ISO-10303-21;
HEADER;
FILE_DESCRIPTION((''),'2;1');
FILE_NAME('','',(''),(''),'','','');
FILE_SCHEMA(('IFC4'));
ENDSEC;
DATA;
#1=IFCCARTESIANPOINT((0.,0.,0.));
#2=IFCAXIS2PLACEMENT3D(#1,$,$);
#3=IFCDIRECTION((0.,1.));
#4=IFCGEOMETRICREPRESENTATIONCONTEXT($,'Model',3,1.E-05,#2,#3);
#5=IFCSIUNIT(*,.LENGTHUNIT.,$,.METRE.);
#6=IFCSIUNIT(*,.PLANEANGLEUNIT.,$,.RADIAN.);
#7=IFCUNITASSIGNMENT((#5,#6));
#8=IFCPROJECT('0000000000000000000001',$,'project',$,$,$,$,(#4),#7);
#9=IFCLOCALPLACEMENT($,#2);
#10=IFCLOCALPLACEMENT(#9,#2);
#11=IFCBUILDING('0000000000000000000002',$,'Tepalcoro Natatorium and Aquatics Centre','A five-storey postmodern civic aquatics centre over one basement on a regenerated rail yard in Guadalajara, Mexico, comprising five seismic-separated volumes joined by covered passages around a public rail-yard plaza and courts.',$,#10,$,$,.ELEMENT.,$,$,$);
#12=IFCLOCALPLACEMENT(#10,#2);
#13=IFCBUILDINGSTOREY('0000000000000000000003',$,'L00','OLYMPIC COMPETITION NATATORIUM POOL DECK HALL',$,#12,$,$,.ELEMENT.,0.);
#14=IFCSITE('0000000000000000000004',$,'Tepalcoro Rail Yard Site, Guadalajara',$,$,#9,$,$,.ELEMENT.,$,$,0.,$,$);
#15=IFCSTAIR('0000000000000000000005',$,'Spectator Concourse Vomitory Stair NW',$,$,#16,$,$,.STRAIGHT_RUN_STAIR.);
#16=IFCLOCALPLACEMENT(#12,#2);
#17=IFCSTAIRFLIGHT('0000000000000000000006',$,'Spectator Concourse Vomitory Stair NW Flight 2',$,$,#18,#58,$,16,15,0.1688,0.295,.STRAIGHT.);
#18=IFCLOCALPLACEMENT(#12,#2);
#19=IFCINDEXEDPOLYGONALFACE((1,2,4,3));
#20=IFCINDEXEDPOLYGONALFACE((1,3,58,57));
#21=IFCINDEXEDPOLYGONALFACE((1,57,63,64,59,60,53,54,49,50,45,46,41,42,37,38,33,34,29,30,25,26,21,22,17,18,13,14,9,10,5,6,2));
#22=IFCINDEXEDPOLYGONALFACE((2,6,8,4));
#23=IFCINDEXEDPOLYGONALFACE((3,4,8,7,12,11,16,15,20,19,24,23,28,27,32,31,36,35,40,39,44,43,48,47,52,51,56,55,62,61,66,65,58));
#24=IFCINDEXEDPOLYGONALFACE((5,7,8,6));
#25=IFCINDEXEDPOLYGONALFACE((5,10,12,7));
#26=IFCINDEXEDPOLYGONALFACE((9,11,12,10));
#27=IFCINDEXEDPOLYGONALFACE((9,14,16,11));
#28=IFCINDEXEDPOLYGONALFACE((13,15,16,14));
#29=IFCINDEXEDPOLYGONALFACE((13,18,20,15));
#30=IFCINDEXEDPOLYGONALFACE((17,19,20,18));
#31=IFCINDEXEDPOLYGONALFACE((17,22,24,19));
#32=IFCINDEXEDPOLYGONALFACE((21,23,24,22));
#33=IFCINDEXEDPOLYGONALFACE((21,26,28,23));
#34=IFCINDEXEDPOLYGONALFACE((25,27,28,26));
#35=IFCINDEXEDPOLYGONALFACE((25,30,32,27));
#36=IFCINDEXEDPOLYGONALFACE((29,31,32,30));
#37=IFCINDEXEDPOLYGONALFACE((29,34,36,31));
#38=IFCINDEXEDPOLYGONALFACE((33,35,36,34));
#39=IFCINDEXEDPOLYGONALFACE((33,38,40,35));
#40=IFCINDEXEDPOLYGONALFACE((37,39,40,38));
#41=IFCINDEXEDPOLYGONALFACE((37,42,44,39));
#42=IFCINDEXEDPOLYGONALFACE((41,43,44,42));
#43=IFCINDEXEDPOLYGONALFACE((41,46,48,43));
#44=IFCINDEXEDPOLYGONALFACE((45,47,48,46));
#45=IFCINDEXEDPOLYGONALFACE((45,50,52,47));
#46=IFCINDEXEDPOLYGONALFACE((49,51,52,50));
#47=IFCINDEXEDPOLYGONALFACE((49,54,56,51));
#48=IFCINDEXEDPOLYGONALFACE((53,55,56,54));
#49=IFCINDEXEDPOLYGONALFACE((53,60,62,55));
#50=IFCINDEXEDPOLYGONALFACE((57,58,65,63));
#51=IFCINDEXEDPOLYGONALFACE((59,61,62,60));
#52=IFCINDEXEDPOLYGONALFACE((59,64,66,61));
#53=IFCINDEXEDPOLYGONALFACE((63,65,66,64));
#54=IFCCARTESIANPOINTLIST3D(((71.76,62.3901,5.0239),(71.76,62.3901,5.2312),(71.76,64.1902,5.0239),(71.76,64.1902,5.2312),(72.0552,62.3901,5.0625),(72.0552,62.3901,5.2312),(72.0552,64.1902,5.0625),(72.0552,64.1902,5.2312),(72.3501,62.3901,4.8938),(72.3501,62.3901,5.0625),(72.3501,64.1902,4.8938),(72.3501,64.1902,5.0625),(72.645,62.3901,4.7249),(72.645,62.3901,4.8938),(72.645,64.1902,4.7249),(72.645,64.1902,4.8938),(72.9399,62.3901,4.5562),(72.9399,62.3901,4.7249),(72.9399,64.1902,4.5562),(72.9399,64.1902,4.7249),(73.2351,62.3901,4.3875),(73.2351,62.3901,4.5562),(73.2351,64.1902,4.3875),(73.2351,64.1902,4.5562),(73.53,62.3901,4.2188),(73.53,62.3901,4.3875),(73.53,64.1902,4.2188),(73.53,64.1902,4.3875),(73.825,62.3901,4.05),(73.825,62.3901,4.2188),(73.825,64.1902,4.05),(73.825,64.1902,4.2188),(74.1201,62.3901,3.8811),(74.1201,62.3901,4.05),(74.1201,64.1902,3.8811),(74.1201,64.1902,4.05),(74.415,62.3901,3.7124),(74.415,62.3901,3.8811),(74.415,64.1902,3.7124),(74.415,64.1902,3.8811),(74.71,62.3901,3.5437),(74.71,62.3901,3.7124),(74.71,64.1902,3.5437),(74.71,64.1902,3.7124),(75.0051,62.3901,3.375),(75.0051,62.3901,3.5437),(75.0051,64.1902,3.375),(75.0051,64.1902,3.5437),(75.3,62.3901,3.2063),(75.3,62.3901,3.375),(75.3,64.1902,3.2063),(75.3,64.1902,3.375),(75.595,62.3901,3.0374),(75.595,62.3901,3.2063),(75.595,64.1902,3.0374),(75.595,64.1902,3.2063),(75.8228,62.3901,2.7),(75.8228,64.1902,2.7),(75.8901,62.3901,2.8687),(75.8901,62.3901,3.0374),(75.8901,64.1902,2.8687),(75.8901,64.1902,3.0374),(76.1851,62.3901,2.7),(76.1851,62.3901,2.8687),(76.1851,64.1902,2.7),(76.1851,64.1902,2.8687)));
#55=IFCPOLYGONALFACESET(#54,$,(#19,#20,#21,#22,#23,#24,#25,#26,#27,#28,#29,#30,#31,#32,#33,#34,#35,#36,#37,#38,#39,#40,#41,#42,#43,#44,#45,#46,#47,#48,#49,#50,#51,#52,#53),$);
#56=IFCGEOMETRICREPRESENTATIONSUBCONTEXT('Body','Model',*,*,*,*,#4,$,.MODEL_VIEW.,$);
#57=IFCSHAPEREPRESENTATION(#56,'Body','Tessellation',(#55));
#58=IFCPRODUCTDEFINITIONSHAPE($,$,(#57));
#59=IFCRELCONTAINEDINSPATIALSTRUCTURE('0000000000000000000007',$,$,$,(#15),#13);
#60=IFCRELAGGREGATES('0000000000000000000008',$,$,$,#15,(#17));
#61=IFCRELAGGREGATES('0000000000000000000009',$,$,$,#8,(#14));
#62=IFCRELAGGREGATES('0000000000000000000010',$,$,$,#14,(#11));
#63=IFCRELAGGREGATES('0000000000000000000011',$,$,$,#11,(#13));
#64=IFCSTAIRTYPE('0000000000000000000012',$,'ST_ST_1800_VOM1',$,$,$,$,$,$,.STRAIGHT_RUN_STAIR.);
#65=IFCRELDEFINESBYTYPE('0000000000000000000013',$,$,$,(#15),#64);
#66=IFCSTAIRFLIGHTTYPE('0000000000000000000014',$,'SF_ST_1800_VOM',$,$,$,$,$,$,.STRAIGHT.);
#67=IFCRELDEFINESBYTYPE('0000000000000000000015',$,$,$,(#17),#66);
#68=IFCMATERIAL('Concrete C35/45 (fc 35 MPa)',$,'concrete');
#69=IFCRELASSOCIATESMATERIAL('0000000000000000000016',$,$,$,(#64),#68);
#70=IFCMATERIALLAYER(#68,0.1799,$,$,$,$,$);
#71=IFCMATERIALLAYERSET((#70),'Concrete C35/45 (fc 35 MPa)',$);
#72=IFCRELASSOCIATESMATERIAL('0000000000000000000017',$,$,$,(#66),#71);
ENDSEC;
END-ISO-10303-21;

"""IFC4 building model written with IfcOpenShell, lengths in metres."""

from ifc_helpers import new_model, si_unit, direction, frame, origin, place, context, subcontext, project, spatial, polyline, outline, extrude, material, layer, layer_set, type_object, element, aggregate, save


model = new_model("IFC4")

# Units and contexts
model_context = context("Model", 3, precision=1e-05, world=origin(), true_north=direction((0.0, 1.0)))
body_context = subcontext(model_context, "Body", "Model", "MODEL_VIEW")
ifc_project = project(units=[si_unit("LENGTHUNIT", "METRE"), si_unit("PLANEANGLEUNIT", "RADIAN")], contexts=[model_context])

# Site, building, storey
site_placement = place(None, origin())
site = spatial("IfcSite", under=ifc_project, at=site_placement, Name="Tepalcoro Rail Yard Site, Guadalajara", CompositionType="ELEMENT", RefElevation=0.0)
building_placement = place(site_placement, origin())
building = spatial("IfcBuilding", under=site, at=building_placement, Name="Tepalcoro Natatorium and Aquatics Centre", Description="A five-storey postmodern civic aquatics centre over one basement on a regenerated rail yard in Guadalajara, Mexico, comprising five seismic-separated volumes joined by covered passages around a public rail-yard plaza and courts.", CompositionType="ELEMENT")
storey_placement = place(building_placement, origin())
storey = spatial("IfcBuildingStorey", under=building, at=storey_placement, Name="L00", Description="OLYMPIC COMPETITION NATATORIUM POOL DECK HALL", CompositionType="ELEMENT", Elevation=0.0)

# Shared definitions
ifc_material_1 = material(Name="Concrete C35/45 (fc 35 MPa)", Category="concrete")

# Stair, stair flight
stair_type = type_object("IfcStairType", Name="ST_ST_1800_VOM1", PredefinedType="STRAIGHT_RUN_STAIR", material=ifc_material_1)
stair_placement = place(storey_placement, origin())
stair = element("IfcStair", 1, at=stair_placement, inside=storey, type_object=stair_type, Name="Spectator Concourse Vomitory Stair NW", PredefinedType="STRAIGHT_RUN_STAIR")
ifc_layer_1 = layer(ifc_material_1, 0.1799)
ifc_layer_set_1 = layer_set([ifc_layer_1], Name="Concrete C35/45 (fc 35 MPa)")
stair_flight_type = type_object("IfcStairFlightType", Name="SF_ST_1800_VOM", PredefinedType="STRAIGHT", material=ifc_layer_set_1)
stair_flight_1_placement = place(storey_placement, frame((76.1851, 63.29, 2.7), z_axis=(0.0, 0.0, 1.0), x_axis=(-1.0, 0.0, 0.0)))
stair_flight_1 = element("IfcStairFlight", 2, at=stair_flight_1_placement, type_object=stair_flight_type, Name="Spectator Concourse Vomitory Stair NW Flight 2", NumberOfRisers=16, NumberOfTreads=15, PredefinedType="STRAIGHT", RiserHeight=0.1688, TreadLength=0.295, context=body_context, shape_type="SweptSolid", body=[
    extrude(outline(polyline([(0.0, 0.0), (0.0, 0.1687), (0.2949, 0.1687), (0.2949, 0.3374), (0.5901, 0.3374), (0.5901, 0.5063), (0.885, 0.5063), (0.885, 0.675), (1.1799, 0.675), (1.1799, 0.8438), (1.4751, 0.8438), (1.4751, 1.0125), (1.77, 1.0125), (1.77, 1.1812), (2.0649, 1.1812), (2.0649, 1.3501), (2.3601, 1.3501), (2.3601, 1.5188), (2.655, 1.5188), (2.655, 1.6875), (2.95, 1.6875), (2.95, 1.8562), (3.2451, 1.8562), (3.2451, 2.0249), (3.54, 2.0249), (3.54, 2.1938), (3.835, 2.1938), (3.835, 2.3625), (4.1299, 2.3625), (4.1299, 2.5312), (4.425, 2.5312), (4.425, 2.7), (4.425, 2.324), (0.3623, 0.0), (0.0, 0.0)])), frame((0.0, 0.8999, 0.0), z_axis=(0.0, -1.0, 0.0), x_axis=(1.0, 0.0, 0.0)), (0.0, 0.0, 1.0), 1.8),
])
aggregate(stair, [stair_flight_1])

save(model, "model.ifc")
